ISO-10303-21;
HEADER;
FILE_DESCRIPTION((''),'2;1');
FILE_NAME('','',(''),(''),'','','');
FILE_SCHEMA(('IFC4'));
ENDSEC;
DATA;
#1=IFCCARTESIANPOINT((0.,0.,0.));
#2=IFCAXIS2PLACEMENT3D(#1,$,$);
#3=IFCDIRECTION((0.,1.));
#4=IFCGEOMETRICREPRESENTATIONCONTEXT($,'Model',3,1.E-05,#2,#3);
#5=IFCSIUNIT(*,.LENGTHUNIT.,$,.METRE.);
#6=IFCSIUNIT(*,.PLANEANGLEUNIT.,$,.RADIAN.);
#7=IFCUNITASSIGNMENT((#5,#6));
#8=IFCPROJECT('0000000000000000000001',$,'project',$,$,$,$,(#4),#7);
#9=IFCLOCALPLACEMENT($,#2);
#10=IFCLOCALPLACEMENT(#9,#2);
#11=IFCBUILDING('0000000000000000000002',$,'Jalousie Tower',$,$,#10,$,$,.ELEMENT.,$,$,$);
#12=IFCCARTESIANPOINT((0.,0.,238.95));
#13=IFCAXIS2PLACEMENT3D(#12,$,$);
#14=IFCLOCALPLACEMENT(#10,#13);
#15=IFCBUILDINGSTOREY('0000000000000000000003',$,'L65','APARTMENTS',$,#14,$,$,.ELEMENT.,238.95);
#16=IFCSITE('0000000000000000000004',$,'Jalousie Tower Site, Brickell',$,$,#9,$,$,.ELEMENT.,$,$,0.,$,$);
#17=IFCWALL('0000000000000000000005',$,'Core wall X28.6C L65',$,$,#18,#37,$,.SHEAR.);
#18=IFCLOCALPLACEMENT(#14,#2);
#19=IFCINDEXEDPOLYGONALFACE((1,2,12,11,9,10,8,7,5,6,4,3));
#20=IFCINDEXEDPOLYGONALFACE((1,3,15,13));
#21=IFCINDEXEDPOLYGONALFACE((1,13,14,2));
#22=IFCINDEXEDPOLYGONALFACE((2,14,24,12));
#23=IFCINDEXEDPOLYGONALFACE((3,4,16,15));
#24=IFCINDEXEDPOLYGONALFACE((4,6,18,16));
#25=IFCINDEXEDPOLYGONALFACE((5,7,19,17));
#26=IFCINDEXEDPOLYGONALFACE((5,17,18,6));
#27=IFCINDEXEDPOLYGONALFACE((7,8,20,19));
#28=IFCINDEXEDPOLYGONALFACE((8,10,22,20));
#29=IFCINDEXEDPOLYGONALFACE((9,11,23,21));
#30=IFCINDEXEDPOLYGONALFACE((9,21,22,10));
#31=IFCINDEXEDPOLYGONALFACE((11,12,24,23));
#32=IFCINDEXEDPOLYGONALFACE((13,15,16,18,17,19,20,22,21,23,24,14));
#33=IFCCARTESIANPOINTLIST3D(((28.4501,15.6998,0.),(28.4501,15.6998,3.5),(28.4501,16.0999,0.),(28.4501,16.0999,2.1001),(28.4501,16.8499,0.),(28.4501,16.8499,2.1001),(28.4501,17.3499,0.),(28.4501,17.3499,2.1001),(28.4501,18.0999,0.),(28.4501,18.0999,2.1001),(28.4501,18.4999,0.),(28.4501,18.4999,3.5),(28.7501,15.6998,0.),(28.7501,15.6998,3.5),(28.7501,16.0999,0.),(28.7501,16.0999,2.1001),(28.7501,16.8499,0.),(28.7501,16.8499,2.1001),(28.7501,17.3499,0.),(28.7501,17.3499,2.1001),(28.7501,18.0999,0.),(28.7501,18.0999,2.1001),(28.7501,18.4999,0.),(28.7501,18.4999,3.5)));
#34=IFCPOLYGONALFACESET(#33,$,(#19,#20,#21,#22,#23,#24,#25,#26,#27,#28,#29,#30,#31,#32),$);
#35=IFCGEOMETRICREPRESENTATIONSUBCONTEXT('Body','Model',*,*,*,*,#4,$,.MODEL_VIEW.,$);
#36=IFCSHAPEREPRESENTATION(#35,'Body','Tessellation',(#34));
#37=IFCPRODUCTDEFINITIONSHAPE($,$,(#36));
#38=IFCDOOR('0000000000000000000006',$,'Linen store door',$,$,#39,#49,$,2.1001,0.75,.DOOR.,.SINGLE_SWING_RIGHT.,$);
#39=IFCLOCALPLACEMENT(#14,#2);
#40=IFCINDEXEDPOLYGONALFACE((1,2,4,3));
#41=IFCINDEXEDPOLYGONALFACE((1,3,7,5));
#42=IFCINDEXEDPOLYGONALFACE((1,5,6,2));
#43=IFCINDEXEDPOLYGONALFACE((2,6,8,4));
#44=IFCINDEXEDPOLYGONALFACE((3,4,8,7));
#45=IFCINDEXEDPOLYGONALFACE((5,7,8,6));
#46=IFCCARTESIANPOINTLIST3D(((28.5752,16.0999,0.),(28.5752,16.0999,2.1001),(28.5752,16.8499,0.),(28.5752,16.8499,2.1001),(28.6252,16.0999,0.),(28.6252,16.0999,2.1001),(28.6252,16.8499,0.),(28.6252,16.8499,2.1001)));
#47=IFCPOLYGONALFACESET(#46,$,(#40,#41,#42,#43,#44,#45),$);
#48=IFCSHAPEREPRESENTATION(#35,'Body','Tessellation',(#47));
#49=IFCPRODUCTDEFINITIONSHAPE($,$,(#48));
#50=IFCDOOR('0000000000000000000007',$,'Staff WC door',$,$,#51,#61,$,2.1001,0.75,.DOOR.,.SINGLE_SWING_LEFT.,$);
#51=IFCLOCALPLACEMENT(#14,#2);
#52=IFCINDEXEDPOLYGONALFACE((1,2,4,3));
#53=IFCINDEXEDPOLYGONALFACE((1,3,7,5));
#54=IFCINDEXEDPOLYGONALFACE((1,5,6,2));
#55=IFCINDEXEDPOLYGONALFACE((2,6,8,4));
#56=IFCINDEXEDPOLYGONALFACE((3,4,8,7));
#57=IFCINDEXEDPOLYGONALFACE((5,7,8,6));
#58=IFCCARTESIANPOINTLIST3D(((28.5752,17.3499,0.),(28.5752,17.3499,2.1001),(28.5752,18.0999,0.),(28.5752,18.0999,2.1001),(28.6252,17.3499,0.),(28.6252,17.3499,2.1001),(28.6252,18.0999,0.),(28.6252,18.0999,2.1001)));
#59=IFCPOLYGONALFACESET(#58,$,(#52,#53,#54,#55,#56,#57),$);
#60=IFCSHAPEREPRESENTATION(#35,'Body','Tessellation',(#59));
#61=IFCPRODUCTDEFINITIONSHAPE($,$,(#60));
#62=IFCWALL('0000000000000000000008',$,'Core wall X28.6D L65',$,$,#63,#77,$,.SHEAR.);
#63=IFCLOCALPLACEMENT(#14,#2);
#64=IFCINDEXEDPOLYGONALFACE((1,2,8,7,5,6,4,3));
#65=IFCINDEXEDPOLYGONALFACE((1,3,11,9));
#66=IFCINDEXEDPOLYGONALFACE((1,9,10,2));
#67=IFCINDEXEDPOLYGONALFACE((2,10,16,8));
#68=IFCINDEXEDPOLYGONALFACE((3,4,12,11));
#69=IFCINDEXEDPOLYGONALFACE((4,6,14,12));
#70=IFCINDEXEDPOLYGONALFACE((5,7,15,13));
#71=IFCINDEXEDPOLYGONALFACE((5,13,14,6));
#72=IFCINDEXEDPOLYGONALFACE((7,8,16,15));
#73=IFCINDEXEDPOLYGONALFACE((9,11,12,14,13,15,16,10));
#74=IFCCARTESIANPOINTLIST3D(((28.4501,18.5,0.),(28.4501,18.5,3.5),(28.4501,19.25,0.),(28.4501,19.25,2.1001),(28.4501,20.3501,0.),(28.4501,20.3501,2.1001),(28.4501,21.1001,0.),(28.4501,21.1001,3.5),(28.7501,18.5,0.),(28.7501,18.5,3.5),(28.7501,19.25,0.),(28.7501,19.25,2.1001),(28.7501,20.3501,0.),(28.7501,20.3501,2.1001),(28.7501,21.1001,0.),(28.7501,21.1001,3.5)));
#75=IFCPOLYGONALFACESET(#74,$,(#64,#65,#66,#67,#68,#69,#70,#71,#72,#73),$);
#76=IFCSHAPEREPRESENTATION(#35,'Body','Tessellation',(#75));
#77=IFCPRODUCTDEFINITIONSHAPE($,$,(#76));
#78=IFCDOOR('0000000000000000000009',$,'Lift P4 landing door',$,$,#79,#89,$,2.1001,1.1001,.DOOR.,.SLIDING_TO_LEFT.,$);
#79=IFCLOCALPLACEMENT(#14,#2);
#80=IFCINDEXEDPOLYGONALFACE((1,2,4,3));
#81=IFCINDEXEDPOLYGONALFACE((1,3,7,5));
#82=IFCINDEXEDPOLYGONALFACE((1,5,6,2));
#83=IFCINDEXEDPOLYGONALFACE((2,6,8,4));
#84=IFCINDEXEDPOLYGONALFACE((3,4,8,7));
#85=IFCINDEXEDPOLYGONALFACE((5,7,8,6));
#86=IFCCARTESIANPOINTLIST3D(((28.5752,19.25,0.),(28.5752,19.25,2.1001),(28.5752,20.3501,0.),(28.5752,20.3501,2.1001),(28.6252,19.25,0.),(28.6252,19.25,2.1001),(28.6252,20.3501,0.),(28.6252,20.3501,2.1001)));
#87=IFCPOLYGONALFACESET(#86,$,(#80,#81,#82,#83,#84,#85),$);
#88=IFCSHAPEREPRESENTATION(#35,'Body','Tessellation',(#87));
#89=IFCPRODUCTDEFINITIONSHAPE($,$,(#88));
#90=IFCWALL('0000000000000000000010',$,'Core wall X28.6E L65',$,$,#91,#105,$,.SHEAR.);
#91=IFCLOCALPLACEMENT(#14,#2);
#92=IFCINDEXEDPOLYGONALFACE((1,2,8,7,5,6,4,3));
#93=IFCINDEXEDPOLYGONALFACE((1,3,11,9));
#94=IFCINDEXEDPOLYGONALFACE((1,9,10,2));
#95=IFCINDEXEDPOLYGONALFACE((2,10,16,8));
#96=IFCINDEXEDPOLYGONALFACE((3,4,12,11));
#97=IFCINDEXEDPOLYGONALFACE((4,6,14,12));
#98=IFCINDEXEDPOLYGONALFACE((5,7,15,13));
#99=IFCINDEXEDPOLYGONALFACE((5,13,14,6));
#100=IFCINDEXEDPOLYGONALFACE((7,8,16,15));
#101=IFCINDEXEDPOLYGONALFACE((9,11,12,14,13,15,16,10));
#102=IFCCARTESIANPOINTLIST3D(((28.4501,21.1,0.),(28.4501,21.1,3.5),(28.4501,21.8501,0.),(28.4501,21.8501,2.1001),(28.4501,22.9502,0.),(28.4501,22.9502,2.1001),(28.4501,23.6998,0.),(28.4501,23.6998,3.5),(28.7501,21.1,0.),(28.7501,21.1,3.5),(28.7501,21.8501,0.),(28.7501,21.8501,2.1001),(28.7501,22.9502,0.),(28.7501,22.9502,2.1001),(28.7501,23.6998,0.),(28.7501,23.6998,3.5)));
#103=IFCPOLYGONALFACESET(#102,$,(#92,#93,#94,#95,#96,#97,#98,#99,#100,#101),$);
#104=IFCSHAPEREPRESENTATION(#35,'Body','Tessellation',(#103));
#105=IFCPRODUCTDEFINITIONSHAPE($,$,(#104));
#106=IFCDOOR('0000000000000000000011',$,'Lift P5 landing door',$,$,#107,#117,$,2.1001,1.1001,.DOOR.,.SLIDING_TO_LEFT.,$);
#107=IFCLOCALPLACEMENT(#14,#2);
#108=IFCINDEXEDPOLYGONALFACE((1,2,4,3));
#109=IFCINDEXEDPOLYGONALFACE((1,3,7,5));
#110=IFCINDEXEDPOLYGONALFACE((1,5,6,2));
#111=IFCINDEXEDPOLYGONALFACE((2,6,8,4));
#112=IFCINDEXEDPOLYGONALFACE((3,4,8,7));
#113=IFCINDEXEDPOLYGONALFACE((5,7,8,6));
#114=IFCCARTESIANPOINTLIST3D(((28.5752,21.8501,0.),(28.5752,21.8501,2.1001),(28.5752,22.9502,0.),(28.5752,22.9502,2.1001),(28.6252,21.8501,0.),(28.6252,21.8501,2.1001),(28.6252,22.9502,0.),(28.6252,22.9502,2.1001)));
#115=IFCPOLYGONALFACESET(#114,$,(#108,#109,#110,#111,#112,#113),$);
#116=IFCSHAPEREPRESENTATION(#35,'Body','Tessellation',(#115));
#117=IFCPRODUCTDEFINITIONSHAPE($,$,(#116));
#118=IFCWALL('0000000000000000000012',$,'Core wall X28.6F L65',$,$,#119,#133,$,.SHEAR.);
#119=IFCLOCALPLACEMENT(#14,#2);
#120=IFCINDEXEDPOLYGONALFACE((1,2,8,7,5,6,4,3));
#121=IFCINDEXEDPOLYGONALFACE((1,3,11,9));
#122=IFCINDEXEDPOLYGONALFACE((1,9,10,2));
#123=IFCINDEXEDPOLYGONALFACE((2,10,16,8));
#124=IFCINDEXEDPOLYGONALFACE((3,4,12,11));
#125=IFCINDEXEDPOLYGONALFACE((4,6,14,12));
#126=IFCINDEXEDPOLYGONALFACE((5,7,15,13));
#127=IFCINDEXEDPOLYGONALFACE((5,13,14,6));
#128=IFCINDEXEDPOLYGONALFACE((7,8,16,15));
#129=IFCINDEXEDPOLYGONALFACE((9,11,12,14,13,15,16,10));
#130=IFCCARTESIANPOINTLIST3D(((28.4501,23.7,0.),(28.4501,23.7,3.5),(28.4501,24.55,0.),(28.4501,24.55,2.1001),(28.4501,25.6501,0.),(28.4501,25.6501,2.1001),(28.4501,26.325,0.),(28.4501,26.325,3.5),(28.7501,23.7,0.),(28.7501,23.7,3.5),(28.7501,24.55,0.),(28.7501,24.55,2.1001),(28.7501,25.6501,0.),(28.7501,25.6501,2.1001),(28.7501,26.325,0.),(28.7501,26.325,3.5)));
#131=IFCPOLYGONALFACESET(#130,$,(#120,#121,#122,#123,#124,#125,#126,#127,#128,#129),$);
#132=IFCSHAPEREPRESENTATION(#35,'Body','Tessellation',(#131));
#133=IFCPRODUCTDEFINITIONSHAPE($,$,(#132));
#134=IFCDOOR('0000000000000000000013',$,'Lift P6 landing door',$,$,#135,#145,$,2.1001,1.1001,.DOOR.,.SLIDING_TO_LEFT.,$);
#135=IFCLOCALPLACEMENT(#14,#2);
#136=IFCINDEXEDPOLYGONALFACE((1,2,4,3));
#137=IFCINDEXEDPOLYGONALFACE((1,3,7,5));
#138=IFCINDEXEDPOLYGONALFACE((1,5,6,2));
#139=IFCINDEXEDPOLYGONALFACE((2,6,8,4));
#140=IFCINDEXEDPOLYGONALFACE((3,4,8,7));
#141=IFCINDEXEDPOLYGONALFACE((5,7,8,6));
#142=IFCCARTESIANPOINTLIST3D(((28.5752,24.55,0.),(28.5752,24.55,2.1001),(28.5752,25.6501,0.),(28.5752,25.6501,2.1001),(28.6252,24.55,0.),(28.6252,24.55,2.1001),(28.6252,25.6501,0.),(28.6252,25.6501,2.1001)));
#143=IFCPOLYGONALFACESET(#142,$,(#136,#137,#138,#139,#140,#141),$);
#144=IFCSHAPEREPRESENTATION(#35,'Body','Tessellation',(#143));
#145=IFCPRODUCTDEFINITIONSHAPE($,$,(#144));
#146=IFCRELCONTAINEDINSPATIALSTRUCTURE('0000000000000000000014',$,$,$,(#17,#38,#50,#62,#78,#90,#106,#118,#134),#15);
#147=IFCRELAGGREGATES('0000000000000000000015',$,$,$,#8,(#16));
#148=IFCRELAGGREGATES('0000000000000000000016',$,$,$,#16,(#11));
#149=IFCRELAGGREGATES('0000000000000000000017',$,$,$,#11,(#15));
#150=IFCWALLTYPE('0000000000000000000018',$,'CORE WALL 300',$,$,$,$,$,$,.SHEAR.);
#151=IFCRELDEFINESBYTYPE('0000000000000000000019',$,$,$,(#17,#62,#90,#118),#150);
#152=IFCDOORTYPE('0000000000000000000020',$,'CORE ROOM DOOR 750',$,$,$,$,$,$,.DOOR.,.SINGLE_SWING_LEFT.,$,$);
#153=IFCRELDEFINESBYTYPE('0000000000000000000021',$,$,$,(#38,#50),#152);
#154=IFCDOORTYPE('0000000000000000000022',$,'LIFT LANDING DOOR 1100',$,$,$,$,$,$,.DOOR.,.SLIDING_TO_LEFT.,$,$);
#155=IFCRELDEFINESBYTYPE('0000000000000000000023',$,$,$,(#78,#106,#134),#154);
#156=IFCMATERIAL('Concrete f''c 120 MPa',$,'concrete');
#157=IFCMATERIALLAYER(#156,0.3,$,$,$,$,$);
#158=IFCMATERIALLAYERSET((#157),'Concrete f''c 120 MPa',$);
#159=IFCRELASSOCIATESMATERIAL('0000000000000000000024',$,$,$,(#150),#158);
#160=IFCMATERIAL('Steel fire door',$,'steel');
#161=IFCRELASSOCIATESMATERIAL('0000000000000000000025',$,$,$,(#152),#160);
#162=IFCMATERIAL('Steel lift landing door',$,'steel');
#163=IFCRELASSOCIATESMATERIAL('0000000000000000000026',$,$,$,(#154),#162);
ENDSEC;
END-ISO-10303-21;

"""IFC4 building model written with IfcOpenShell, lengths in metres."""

from ifc_helpers import new_model, si_unit, direction, frame, frame_2d, origin, place, context, subcontext, project, spatial, rectangle, extrude, material, layer, layer_set, type_object, element, fill, save


model = new_model("IFC4")

# Units and contexts
model_context = context("Model", 3, precision=1e-05, world=origin(), true_north=direction((0.0, 1.0)))
body_context = subcontext(model_context, "Body", "Model", "MODEL_VIEW")
ifc_project = project(units=[si_unit("LENGTHUNIT", "METRE"), si_unit("PLANEANGLEUNIT", "RADIAN")], contexts=[model_context])

# Site, building, storey
site_placement = place(None, origin())
site = spatial("IfcSite", under=ifc_project, at=site_placement, Name="Jalousie Tower Site, Brickell", CompositionType="ELEMENT", RefElevation=0.0)
building_placement = place(site_placement, origin())
building = spatial("IfcBuilding", under=site, at=building_placement, Name="Jalousie Tower", CompositionType="ELEMENT")
storey_placement = place(building_placement, frame((0.0, 0.0, 238.95)))
storey = spatial("IfcBuildingStorey", under=building, at=storey_placement, Name="L65", Description="APARTMENTS", CompositionType="ELEMENT", Elevation=238.95)

# Wall, openings, doors
ifc_material_1 = material(Name="Concrete f'c 120 MPa", Category="concrete")
ifc_layer = layer(ifc_material_1, 0.3)
ifc_layer_set = layer_set([ifc_layer], Name="Concrete f'c 120 MPa")
wall_type_1 = type_object("IfcWallType", Name="CORE WALL 300", PredefinedType="SHEAR", material=ifc_layer_set)
wall_1_placement = place(storey_placement, frame((28.6001, 15.7, 0.0), z_axis=(0.0, 0.0, 1.0), x_axis=(0.0, 1.0, 0.0)))
wall_1 = element("IfcWall", 1, at=wall_1_placement, inside=storey, type_object=wall_type_1, Name="Core wall X28.6C L65", PredefinedType="SHEAR", context=body_context, shape_type="SweptSolid", body=[
    extrude(rectangle(XDim=2.8, YDim=0.3, at=frame_2d((1.3999, 0.0))), origin(), (0.0, 0.0, 1.0), 3.5),
])
opening_1_placement = place(wall_1_placement, frame((0.3999, 0.0, 0.0)))
opening_1 = element("IfcOpeningElement", 2, at=opening_1_placement, cuts=wall_1, PredefinedType="OPENING", context=body_context, shape_type="SweptSolid", body=[
    extrude(rectangle(XDim=0.75, YDim=2.1001, at=frame_2d((0.375, 1.05))), frame((0.0, 0.1599, 0.0), z_axis=(0.0, -1.0, 0.0), x_axis=(1.0, 0.0, 0.0)), (0.0, 0.0, 1.0), 0.3201),
])
opening_2_placement = place(wall_1_placement, frame((1.6499, 0.0, 0.0)))
opening_2 = element("IfcOpeningElement", 3, at=opening_2_placement, cuts=wall_1, PredefinedType="OPENING", context=body_context, shape_type="SweptSolid", body=[
    extrude(rectangle(XDim=0.75, YDim=2.1001, at=frame_2d((0.375, 1.05))), frame((0.0, 0.1599, 0.0), z_axis=(0.0, -1.0, 0.0), x_axis=(1.0, 0.0, 0.0)), (0.0, 0.0, 1.0), 0.3201),
])
ifc_material_2 = material(Name="Steel fire door", Category="steel")
door_type_1 = type_object("IfcDoorType", Name="CORE ROOM DOOR 750", OperationType="SINGLE_SWING_LEFT", PredefinedType="DOOR", material=ifc_material_2)
door_1_placement = place(opening_1_placement, origin())
door_1 = element("IfcDoor", 4, at=door_1_placement, inside=storey, type_object=door_type_1, Name="Linen store door", OperationType="SINGLE_SWING_RIGHT", OverallHeight=2.1001, OverallWidth=0.75, PredefinedType="DOOR", context=body_context, shape_type="SweptSolid", body=[
    extrude(rectangle(XDim=0.75, YDim=2.1001, at=frame_2d((0.375, 1.05))), frame((0.0, 0.0249, 0.0), z_axis=(0.0, -1.0, 0.0), x_axis=(1.0, 0.0, 0.0)), (0.0, 0.0, 1.0), 0.05),
])
fill(opening_1, door_1)
door_2_placement = place(opening_2_placement, origin())
door_2 = element("IfcDoor", 5, at=door_2_placement, inside=storey, type_object=door_type_1, Name="Staff WC door", OperationType="SINGLE_SWING_LEFT", OverallHeight=2.1001, OverallWidth=0.75, PredefinedType="DOOR", context=body_context, shape_type="SweptSolid", body=[
    extrude(rectangle(XDim=0.75, YDim=2.1001, at=frame_2d((0.375, 1.05))), frame((0.0, 0.0249, 0.0), z_axis=(0.0, -1.0, 0.0), x_axis=(1.0, 0.0, 0.0)), (0.0, 0.0, 1.0), 0.05),
])
fill(opening_2, door_2)

# Walls, openings, doors
wall_2_placement = place(storey_placement, frame((28.6001, 18.5, 0.0), z_axis=(0.0, 0.0, 1.0), x_axis=(0.0, 1.0, 0.0)))
wall_2 = element("IfcWall", 6, at=wall_2_placement, inside=storey, type_object=wall_type_1, Name="Core wall X28.6D L65", PredefinedType="SHEAR", context=body_context, shape_type="SweptSolid", body=[
    extrude(rectangle(XDim=2.6001, YDim=0.3, at=frame_2d((1.3, 0.0))), origin(), (0.0, 0.0, 1.0), 3.5),
])
opening_3_placement = place(wall_2_placement, frame((0.75, 0.0, 0.0)))
opening_3 = element("IfcOpeningElement", 7, at=opening_3_placement, cuts=wall_2, PredefinedType="OPENING", context=body_context, shape_type="SweptSolid", body=[
    extrude(rectangle(XDim=1.1001, YDim=2.1001, at=frame_2d((0.55, 1.05))), frame((0.0, 0.1599, 0.0), z_axis=(0.0, -1.0, 0.0), x_axis=(1.0, 0.0, 0.0)), (0.0, 0.0, 1.0), 0.3201),
])
ifc_material_3 = material(Name="Steel lift landing door", Category="steel")
door_type_2 = type_object("IfcDoorType", Name="LIFT LANDING DOOR 1100", OperationType="SLIDING_TO_LEFT", PredefinedType="DOOR", material=ifc_material_3)
door_3_placement = place(opening_3_placement, origin())
door_3 = element("IfcDoor", 8, at=door_3_placement, inside=storey, type_object=door_type_2, Name="Lift P4 landing door", OperationType="SLIDING_TO_LEFT", OverallHeight=2.1001, OverallWidth=1.1001, PredefinedType="DOOR", context=body_context, shape_type="SweptSolid", body=[
    extrude(rectangle(XDim=1.1001, YDim=2.1001, at=frame_2d((0.55, 1.05))), frame((0.0, 0.0249, 0.0), z_axis=(0.0, -1.0, 0.0), x_axis=(1.0, 0.0, 0.0)), (0.0, 0.0, 1.0), 0.05),
])
fill(opening_3, door_3)
wall_3_placement = place(storey_placement, frame((28.6001, 21.1001, 0.0), z_axis=(0.0, 0.0, 1.0), x_axis=(0.0, 1.0, 0.0)))
wall_3 = element("IfcWall", 9, at=wall_3_placement, inside=storey, type_object=wall_type_1, Name="Core wall X28.6E L65", PredefinedType="SHEAR", context=body_context, shape_type="SweptSolid", body=[
    extrude(rectangle(XDim=2.5999, YDim=0.3, at=frame_2d((1.2998, 0.0))), origin(), (0.0, 0.0, 1.0), 3.5),
])
opening_4_placement = place(wall_3_placement, frame((0.75, 0.0, 0.0)))
opening_4 = element("IfcOpeningElement", 10, at=opening_4_placement, cuts=wall_3, PredefinedType="OPENING", context=body_context, shape_type="SweptSolid", body=[
    extrude(rectangle(XDim=1.1001, YDim=2.1001, at=frame_2d((0.55, 1.05))), frame((0.0, 0.1599, 0.0), z_axis=(0.0, -1.0, 0.0), x_axis=(1.0, 0.0, 0.0)), (0.0, 0.0, 1.0), 0.3201),
])
door_4_placement = place(opening_4_placement, origin())
door_4 = element("IfcDoor", 11, at=door_4_placement, inside=storey, type_object=door_type_2, Name="Lift P5 landing door", OperationType="SLIDING_TO_LEFT", OverallHeight=2.1001, OverallWidth=1.1001, PredefinedType="DOOR", context=body_context, shape_type="SweptSolid", body=[
    extrude(rectangle(XDim=1.1001, YDim=2.1001, at=frame_2d((0.55, 1.05))), frame((0.0, 0.0249, 0.0), z_axis=(0.0, -1.0, 0.0), x_axis=(1.0, 0.0, 0.0)), (0.0, 0.0, 1.0), 0.05),
])
fill(opening_4, door_4)
wall_4_placement = place(storey_placement, frame((28.6001, 23.7, 0.0), z_axis=(0.0, 0.0, 1.0), x_axis=(0.0, 1.0, 0.0)))
wall_4 = element("IfcWall", 12, at=wall_4_placement, inside=storey, type_object=wall_type_1, Name="Core wall X28.6F L65", PredefinedType="SHEAR", context=body_context, shape_type="SweptSolid", body=[
    extrude(rectangle(XDim=2.625, YDim=0.3, at=frame_2d((1.3125, 0.0))), origin(), (0.0, 0.0, 1.0), 3.5),
])
opening_5_placement = place(wall_4_placement, frame((0.8501, 0.0, 0.0)))
opening_5 = element("IfcOpeningElement", 13, at=opening_5_placement, cuts=wall_4, PredefinedType="OPENING", context=body_context, shape_type="SweptSolid", body=[
    extrude(rectangle(XDim=1.1001, YDim=2.1001, at=frame_2d((0.55, 1.05))), frame((0.0, 0.1599, 0.0), z_axis=(0.0, -1.0, 0.0), x_axis=(1.0, 0.0, 0.0)), (0.0, 0.0, 1.0), 0.3201),
])
door_5_placement = place(opening_5_placement, origin())
door_5 = element("IfcDoor", 14, at=door_5_placement, inside=storey, type_object=door_type_2, Name="Lift P6 landing door", OperationType="SLIDING_TO_LEFT", OverallHeight=2.1001, OverallWidth=1.1001, PredefinedType="DOOR", context=body_context, shape_type="SweptSolid", body=[
    extrude(rectangle(XDim=1.1001, YDim=2.1001, at=frame_2d((0.55, 1.05))), frame((0.0, 0.0249, 0.0), z_axis=(0.0, -1.0, 0.0), x_axis=(1.0, 0.0, 0.0)), (0.0, 0.0, 1.0), 0.05),
])
fill(opening_5, door_5)

save(model, "model.ifc")
